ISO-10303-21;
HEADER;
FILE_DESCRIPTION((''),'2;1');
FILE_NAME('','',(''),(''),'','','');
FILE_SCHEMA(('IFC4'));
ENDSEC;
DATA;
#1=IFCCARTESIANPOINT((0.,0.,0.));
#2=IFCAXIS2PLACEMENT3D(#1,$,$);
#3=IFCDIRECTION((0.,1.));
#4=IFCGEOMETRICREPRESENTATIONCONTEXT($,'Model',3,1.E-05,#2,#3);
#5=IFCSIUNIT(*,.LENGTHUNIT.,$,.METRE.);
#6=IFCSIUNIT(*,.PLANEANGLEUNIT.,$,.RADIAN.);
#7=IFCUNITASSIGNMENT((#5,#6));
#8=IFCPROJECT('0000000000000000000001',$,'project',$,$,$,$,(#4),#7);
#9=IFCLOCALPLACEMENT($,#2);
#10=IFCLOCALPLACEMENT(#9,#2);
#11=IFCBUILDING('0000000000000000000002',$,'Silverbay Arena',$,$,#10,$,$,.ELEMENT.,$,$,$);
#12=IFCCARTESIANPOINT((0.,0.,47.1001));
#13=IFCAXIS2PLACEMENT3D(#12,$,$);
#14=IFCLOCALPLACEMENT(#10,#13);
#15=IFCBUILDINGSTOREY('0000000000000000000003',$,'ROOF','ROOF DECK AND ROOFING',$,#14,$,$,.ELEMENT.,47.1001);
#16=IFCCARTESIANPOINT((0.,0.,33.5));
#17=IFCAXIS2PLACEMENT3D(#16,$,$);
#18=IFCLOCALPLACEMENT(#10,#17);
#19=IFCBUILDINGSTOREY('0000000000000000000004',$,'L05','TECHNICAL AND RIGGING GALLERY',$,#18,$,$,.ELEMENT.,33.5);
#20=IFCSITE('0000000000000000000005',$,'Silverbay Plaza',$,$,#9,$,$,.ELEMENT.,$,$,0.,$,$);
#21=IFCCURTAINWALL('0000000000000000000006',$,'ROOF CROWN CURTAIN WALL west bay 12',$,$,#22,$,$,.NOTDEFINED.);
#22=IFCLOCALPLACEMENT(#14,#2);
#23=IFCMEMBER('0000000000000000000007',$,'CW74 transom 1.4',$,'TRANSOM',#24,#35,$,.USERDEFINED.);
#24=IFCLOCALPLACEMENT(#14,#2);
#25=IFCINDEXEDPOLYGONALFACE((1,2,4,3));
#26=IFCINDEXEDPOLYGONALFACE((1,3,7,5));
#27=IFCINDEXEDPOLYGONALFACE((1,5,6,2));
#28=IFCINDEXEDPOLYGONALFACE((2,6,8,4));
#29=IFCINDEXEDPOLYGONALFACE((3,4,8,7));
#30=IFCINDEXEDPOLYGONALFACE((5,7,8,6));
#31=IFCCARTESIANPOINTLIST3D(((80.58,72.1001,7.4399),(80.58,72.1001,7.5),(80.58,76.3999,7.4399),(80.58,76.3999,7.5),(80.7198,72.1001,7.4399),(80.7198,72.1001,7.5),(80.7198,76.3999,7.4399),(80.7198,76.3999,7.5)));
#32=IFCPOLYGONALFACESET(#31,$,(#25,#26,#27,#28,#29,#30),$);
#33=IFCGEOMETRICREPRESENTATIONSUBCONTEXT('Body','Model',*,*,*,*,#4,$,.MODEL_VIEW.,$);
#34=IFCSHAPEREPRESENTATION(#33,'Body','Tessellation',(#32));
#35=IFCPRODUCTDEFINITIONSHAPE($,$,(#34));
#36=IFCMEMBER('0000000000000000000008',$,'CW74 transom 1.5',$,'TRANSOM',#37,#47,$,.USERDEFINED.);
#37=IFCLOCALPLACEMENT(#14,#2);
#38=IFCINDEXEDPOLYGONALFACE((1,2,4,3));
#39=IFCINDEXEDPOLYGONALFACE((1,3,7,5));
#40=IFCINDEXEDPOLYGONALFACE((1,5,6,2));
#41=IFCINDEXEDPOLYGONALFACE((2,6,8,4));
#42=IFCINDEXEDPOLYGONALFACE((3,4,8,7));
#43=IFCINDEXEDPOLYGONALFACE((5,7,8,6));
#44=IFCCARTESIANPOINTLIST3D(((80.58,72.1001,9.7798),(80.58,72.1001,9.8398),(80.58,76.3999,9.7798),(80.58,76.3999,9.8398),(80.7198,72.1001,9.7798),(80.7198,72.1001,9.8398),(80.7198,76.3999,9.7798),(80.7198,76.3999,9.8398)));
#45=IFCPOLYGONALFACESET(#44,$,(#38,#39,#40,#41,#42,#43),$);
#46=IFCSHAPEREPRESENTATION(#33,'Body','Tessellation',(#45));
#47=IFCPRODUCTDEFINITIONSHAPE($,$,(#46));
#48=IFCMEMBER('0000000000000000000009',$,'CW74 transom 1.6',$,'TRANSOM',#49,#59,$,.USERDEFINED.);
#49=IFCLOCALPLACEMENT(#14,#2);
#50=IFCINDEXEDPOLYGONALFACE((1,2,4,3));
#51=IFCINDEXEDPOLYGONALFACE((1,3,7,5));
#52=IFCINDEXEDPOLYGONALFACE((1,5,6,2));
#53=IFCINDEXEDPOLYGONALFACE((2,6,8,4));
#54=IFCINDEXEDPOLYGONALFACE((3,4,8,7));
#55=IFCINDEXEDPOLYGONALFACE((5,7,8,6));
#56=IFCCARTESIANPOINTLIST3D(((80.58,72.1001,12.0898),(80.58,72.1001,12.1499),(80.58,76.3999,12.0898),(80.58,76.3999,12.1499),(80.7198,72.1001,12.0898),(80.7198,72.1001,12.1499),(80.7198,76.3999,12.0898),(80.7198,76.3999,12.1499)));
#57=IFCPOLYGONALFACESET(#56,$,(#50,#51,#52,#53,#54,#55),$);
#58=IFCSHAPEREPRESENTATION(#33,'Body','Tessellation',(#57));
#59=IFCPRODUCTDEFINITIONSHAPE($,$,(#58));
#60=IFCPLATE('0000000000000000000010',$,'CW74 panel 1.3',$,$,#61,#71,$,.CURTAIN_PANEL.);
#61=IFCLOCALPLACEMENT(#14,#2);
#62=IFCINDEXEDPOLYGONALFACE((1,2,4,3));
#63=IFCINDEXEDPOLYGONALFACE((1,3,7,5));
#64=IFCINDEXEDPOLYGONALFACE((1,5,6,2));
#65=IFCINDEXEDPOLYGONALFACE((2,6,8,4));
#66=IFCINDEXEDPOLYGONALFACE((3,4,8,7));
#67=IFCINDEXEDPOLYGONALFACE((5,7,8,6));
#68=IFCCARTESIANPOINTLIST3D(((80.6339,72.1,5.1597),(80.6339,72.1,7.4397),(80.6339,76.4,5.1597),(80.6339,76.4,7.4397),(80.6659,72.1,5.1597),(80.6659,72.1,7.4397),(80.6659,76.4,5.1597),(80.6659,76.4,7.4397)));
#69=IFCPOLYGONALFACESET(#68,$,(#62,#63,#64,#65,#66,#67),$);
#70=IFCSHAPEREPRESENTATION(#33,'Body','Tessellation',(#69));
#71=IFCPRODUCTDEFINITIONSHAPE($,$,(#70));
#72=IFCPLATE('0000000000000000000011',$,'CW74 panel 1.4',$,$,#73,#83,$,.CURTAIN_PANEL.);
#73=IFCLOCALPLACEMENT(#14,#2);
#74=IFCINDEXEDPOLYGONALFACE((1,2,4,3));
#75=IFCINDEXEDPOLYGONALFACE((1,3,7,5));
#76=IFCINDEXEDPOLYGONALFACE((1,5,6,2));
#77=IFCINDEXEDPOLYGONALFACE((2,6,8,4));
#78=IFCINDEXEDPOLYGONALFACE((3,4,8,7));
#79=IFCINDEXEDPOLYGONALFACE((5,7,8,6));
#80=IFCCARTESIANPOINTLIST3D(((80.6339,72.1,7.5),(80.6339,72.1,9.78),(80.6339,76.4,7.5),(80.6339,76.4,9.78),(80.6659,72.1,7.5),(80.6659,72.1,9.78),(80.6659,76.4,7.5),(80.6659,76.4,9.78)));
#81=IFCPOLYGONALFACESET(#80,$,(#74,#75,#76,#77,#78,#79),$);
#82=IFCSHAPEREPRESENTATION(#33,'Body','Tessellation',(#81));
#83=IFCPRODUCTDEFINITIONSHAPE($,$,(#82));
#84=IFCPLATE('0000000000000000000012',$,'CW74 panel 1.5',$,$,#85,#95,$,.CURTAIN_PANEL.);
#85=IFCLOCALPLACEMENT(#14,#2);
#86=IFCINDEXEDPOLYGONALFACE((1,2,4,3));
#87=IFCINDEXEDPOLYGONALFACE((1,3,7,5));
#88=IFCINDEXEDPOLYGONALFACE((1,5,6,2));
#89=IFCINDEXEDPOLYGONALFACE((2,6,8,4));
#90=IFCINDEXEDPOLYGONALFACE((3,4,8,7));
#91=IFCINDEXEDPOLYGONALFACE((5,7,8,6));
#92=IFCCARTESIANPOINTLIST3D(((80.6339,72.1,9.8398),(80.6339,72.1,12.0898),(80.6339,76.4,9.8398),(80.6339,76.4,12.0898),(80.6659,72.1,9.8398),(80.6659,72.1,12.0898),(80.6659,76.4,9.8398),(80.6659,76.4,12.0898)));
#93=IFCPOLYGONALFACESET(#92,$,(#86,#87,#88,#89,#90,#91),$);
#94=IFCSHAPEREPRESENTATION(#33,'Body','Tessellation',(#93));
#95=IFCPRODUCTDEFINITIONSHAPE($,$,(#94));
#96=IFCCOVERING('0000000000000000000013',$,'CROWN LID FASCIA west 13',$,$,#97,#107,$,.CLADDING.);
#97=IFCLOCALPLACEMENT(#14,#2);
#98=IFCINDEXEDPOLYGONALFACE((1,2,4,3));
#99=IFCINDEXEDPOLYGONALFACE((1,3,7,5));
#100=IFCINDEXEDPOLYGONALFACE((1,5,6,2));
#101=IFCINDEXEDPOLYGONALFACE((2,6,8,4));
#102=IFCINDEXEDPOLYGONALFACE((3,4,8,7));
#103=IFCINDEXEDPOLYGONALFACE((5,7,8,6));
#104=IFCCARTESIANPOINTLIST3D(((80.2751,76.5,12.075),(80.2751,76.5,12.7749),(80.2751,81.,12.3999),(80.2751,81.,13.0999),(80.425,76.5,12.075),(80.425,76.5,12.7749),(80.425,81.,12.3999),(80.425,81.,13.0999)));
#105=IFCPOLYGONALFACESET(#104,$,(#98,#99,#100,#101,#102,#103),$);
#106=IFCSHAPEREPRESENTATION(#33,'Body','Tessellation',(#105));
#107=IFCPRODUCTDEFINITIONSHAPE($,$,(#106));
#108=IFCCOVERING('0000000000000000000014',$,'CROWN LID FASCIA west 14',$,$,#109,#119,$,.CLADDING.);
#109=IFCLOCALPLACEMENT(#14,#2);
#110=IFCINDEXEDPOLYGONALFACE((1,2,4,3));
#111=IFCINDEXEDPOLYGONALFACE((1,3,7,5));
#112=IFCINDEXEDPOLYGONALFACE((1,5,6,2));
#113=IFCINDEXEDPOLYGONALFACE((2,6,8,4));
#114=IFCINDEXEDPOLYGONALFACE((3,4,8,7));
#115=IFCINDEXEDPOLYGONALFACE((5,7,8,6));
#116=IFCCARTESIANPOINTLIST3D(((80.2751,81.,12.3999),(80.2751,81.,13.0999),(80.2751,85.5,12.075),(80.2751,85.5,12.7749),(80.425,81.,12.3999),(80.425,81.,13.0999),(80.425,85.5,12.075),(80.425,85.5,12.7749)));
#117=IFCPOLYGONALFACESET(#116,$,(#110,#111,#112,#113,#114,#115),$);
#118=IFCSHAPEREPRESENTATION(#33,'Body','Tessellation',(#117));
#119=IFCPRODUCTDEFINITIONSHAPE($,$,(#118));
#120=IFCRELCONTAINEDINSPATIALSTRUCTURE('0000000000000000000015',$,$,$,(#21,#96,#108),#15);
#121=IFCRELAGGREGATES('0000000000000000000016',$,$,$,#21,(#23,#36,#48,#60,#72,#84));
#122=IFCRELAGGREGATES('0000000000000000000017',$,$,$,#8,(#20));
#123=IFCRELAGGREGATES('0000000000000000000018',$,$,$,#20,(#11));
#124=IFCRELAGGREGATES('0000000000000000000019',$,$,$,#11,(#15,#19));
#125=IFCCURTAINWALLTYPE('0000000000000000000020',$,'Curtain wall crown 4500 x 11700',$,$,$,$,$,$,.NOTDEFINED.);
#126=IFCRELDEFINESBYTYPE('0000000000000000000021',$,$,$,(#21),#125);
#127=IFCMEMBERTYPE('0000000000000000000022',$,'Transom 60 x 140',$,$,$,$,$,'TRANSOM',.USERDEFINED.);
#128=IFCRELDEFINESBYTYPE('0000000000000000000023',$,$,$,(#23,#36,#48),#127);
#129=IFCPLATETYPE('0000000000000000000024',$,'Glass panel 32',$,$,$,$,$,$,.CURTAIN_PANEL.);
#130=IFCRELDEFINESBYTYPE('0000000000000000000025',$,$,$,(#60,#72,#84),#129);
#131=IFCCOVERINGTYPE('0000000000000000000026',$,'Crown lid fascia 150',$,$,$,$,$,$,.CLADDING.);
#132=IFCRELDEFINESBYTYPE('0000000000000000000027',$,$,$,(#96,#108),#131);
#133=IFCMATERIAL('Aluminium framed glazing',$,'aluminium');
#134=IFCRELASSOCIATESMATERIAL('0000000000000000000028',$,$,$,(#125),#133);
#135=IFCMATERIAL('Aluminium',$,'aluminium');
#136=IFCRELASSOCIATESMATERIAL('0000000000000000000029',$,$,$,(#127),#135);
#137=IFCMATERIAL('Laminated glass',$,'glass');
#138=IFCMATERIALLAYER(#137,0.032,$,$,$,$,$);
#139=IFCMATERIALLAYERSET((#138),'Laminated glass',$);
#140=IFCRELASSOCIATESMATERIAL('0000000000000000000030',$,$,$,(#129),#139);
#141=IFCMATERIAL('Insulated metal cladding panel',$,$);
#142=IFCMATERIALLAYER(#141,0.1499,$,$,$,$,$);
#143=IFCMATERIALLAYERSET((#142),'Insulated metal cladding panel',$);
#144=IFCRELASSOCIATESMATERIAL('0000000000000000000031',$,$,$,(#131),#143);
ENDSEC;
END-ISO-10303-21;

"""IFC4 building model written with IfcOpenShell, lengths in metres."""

from ifc_helpers import new_model, si_unit, direction, frame, origin, origin_2d, place, context, subcontext, project, spatial, polyline, rectangle, outline, extrude, material, layer, layer_set, material_profile, profile_set, type_object, element, aggregate, save


model = new_model("IFC4")

# Units and contexts
model_context = context("Model", 3, precision=1e-05, world=origin(), true_north=direction((0.0, 1.0)))
body_context = subcontext(model_context, "Body", "Model", "MODEL_VIEW")
ifc_project = project(units=[si_unit("LENGTHUNIT", "METRE"), si_unit("PLANEANGLEUNIT", "RADIAN")], contexts=[model_context])

# Site, building, storey
site_placement = place(None, origin())
site = spatial("IfcSite", under=ifc_project, at=site_placement, Name="Silverbay Plaza", CompositionType="ELEMENT", RefElevation=0.0)
building_placement = place(site_placement, origin())
building = spatial("IfcBuilding", under=site, at=building_placement, Name="Silverbay Arena", CompositionType="ELEMENT")
storey_1_placement = place(building_placement, frame((0.0, 0.0, 47.1001)))
storey_1 = spatial("IfcBuildingStorey", under=building, at=storey_1_placement, Name="ROOF", Description="ROOF DECK AND ROOFING", CompositionType="ELEMENT", Elevation=47.1001)

# Curtain wall, members
ifc_material_1 = material(Name="Aluminium framed glazing", Category="aluminium")
curtain_wall_type = type_object("IfcCurtainWallType", Name="Curtain wall crown 4500 x 11700", PredefinedType="NOTDEFINED", material=ifc_material_1)
curtain_wall_placement = place(storey_1_placement, origin())
curtain_wall = element("IfcCurtainWall", 1, at=curtain_wall_placement, inside=storey_1, type_object=curtain_wall_type, Name="ROOF CROWN CURTAIN WALL west bay 12", PredefinedType="NOTDEFINED")
ifc_material_2 = material(Name="Aluminium", Category="aluminium")
ifc_material_profile = material_profile(ifc_material_2, rectangle(XDim=0.1399, YDim=0.0601, at=origin_2d()), Name="Transom 60 x 140")
ifc_profile_set = profile_set([ifc_material_profile], Name="Aluminium")
member_type = type_object("IfcMemberType", Name="Transom 60 x 140", ElementType="TRANSOM", PredefinedType="USERDEFINED", material=ifc_profile_set)
storey_2_placement = place(building_placement, frame((0.0, 0.0, 33.5)))
member_1_placement = place(storey_2_placement, frame((80.6499, 72.1001, 21.0701), z_axis=(0.0, 1.0, 0.0), x_axis=(-1.0, 0.0, 0.0)))
member_1 = element("IfcMember", 2, at=member_1_placement, type_object=member_type, Name="CW74 transom 1.4", ObjectType="TRANSOM", PredefinedType="USERDEFINED", context=body_context, shape_type="SweptSolid", body=[
    extrude(rectangle(XDim=0.1399, YDim=0.0601, at=origin_2d()), origin(), (0.0, 0.0, 1.0), 4.2998),
])
member_2_placement = place(storey_2_placement, frame((80.6499, 72.1001, 23.4099), z_axis=(0.0, 1.0, 0.0), x_axis=(-1.0, 0.0, 0.0)))
member_2 = element("IfcMember", 3, at=member_2_placement, type_object=member_type, Name="CW74 transom 1.5", ObjectType="TRANSOM", PredefinedType="USERDEFINED", context=body_context, shape_type="SweptSolid", body=[
    extrude(rectangle(XDim=0.1399, YDim=0.0601, at=origin_2d()), origin(), (0.0, 0.0, 1.0), 4.2998),
])
member_3_placement = place(storey_2_placement, frame((80.6499, 72.1001, 25.72), z_axis=(0.0, 1.0, 0.0), x_axis=(-1.0, 0.0, 0.0)))
member_3 = element("IfcMember", 4, at=member_3_placement, type_object=member_type, Name="CW74 transom 1.6", ObjectType="TRANSOM", PredefinedType="USERDEFINED", context=body_context, shape_type="SweptSolid", body=[
    extrude(rectangle(XDim=0.1399, YDim=0.0601, at=origin_2d()), origin(), (0.0, 0.0, 1.0), 4.2998),
])

# Shared definitions
storey_2 = spatial("IfcBuildingStorey", under=building, at=storey_2_placement, Name="L05", Description="TECHNICAL AND RIGGING GALLERY", CompositionType="ELEMENT", Elevation=33.5)

# Plates
ifc_material_3 = material(Name="Laminated glass", Category="glass")
ifc_layer_1 = layer(ifc_material_3, 0.032)
ifc_layer_set_1 = layer_set([ifc_layer_1], Name="Laminated glass")
plate_type = type_object("IfcPlateType", Name="Glass panel 32", PredefinedType="CURTAIN_PANEL", material=ifc_layer_set_1)
plate_1_placement = place(storey_2_placement, frame((80.6499, 74.25, 18.7598), z_axis=(0.0, 0.0, 1.0), x_axis=(0.0, 1.0, 0.0)))
plate_1 = element("IfcPlate", 5, at=plate_1_placement, type_object=plate_type, Name="CW74 panel 1.3", PredefinedType="CURTAIN_PANEL", context=body_context, shape_type="SweptSolid", body=[
    extrude(rectangle(XDim=4.3, YDim=0.032, at=origin_2d()), origin(), (0.0, 0.0, 1.0), 2.28),
])
plate_2_placement = place(storey_2_placement, frame((80.6499, 74.25, 21.1001), z_axis=(0.0, 0.0, 1.0), x_axis=(0.0, 1.0, 0.0)))
plate_2 = element("IfcPlate", 6, at=plate_2_placement, type_object=plate_type, Name="CW74 panel 1.4", PredefinedType="CURTAIN_PANEL", context=body_context, shape_type="SweptSolid", body=[
    extrude(rectangle(XDim=4.3, YDim=0.032, at=origin_2d()), origin(), (0.0, 0.0, 1.0), 2.28),
])
plate_3_placement = place(storey_2_placement, frame((80.6499, 74.25, 23.4399), z_axis=(0.0, 0.0, 1.0), x_axis=(0.0, 1.0, 0.0)))
plate_3 = element("IfcPlate", 7, at=plate_3_placement, type_object=plate_type, Name="CW74 panel 1.5", PredefinedType="CURTAIN_PANEL", context=body_context, shape_type="SweptSolid", body=[
    extrude(rectangle(XDim=4.3, YDim=0.032, at=origin_2d()), origin(), (0.0, 0.0, 1.0), 2.25),
])
aggregate(curtain_wall, [member_1, member_2, member_3, plate_1, plate_2, plate_3])

# Coverings
ifc_material_4 = material(Name="Insulated metal cladding panel")
ifc_layer_2 = layer(ifc_material_4, 0.1499)
ifc_layer_set_2 = layer_set([ifc_layer_2], Name="Insulated metal cladding panel")
covering_type = type_object("IfcCoveringType", Name="Crown lid fascia 150", PredefinedType="CLADDING", material=ifc_layer_set_2)
covering_1_placement = place(storey_1_placement, frame((80.425, 76.5, 12.075), z_axis=(1.0, 0.0, 0.0), x_axis=(0.0, 0.997403, 0.072024)))
element("IfcCovering", 8, at=covering_1_placement, inside=storey_1, type_object=covering_type, Name="CROWN LID FASCIA west 13", PredefinedType="CLADDING", context=body_context, shape_type="SweptSolid", body=[
    extrude(outline(polyline([(0.0, 0.0), (4.5117, 0.0), (4.5621, 0.6981), (0.0504, 0.6981), (0.0, 0.0)])), origin(), (0.0, 0.0, -1.0), 0.1499),
])
covering_2_placement = place(storey_1_placement, frame((80.425, 81.0, 12.3999), z_axis=(1.0, 0.0, 0.0), x_axis=(0.0, 0.997403, -0.072024)))
element("IfcCovering", 9, at=covering_2_placement, inside=storey_1, type_object=covering_type, Name="CROWN LID FASCIA west 14", PredefinedType="CLADDING", context=body_context, shape_type="SweptSolid", body=[
    extrude(outline(polyline([(0.0, 0.0), (4.5117, 0.0), (4.4613, 0.6981), (-0.0504, 0.6981), (0.0, 0.0)])), origin(), (0.0, 0.0, -1.0), 0.1499),
])

save(model, "model.ifc")
